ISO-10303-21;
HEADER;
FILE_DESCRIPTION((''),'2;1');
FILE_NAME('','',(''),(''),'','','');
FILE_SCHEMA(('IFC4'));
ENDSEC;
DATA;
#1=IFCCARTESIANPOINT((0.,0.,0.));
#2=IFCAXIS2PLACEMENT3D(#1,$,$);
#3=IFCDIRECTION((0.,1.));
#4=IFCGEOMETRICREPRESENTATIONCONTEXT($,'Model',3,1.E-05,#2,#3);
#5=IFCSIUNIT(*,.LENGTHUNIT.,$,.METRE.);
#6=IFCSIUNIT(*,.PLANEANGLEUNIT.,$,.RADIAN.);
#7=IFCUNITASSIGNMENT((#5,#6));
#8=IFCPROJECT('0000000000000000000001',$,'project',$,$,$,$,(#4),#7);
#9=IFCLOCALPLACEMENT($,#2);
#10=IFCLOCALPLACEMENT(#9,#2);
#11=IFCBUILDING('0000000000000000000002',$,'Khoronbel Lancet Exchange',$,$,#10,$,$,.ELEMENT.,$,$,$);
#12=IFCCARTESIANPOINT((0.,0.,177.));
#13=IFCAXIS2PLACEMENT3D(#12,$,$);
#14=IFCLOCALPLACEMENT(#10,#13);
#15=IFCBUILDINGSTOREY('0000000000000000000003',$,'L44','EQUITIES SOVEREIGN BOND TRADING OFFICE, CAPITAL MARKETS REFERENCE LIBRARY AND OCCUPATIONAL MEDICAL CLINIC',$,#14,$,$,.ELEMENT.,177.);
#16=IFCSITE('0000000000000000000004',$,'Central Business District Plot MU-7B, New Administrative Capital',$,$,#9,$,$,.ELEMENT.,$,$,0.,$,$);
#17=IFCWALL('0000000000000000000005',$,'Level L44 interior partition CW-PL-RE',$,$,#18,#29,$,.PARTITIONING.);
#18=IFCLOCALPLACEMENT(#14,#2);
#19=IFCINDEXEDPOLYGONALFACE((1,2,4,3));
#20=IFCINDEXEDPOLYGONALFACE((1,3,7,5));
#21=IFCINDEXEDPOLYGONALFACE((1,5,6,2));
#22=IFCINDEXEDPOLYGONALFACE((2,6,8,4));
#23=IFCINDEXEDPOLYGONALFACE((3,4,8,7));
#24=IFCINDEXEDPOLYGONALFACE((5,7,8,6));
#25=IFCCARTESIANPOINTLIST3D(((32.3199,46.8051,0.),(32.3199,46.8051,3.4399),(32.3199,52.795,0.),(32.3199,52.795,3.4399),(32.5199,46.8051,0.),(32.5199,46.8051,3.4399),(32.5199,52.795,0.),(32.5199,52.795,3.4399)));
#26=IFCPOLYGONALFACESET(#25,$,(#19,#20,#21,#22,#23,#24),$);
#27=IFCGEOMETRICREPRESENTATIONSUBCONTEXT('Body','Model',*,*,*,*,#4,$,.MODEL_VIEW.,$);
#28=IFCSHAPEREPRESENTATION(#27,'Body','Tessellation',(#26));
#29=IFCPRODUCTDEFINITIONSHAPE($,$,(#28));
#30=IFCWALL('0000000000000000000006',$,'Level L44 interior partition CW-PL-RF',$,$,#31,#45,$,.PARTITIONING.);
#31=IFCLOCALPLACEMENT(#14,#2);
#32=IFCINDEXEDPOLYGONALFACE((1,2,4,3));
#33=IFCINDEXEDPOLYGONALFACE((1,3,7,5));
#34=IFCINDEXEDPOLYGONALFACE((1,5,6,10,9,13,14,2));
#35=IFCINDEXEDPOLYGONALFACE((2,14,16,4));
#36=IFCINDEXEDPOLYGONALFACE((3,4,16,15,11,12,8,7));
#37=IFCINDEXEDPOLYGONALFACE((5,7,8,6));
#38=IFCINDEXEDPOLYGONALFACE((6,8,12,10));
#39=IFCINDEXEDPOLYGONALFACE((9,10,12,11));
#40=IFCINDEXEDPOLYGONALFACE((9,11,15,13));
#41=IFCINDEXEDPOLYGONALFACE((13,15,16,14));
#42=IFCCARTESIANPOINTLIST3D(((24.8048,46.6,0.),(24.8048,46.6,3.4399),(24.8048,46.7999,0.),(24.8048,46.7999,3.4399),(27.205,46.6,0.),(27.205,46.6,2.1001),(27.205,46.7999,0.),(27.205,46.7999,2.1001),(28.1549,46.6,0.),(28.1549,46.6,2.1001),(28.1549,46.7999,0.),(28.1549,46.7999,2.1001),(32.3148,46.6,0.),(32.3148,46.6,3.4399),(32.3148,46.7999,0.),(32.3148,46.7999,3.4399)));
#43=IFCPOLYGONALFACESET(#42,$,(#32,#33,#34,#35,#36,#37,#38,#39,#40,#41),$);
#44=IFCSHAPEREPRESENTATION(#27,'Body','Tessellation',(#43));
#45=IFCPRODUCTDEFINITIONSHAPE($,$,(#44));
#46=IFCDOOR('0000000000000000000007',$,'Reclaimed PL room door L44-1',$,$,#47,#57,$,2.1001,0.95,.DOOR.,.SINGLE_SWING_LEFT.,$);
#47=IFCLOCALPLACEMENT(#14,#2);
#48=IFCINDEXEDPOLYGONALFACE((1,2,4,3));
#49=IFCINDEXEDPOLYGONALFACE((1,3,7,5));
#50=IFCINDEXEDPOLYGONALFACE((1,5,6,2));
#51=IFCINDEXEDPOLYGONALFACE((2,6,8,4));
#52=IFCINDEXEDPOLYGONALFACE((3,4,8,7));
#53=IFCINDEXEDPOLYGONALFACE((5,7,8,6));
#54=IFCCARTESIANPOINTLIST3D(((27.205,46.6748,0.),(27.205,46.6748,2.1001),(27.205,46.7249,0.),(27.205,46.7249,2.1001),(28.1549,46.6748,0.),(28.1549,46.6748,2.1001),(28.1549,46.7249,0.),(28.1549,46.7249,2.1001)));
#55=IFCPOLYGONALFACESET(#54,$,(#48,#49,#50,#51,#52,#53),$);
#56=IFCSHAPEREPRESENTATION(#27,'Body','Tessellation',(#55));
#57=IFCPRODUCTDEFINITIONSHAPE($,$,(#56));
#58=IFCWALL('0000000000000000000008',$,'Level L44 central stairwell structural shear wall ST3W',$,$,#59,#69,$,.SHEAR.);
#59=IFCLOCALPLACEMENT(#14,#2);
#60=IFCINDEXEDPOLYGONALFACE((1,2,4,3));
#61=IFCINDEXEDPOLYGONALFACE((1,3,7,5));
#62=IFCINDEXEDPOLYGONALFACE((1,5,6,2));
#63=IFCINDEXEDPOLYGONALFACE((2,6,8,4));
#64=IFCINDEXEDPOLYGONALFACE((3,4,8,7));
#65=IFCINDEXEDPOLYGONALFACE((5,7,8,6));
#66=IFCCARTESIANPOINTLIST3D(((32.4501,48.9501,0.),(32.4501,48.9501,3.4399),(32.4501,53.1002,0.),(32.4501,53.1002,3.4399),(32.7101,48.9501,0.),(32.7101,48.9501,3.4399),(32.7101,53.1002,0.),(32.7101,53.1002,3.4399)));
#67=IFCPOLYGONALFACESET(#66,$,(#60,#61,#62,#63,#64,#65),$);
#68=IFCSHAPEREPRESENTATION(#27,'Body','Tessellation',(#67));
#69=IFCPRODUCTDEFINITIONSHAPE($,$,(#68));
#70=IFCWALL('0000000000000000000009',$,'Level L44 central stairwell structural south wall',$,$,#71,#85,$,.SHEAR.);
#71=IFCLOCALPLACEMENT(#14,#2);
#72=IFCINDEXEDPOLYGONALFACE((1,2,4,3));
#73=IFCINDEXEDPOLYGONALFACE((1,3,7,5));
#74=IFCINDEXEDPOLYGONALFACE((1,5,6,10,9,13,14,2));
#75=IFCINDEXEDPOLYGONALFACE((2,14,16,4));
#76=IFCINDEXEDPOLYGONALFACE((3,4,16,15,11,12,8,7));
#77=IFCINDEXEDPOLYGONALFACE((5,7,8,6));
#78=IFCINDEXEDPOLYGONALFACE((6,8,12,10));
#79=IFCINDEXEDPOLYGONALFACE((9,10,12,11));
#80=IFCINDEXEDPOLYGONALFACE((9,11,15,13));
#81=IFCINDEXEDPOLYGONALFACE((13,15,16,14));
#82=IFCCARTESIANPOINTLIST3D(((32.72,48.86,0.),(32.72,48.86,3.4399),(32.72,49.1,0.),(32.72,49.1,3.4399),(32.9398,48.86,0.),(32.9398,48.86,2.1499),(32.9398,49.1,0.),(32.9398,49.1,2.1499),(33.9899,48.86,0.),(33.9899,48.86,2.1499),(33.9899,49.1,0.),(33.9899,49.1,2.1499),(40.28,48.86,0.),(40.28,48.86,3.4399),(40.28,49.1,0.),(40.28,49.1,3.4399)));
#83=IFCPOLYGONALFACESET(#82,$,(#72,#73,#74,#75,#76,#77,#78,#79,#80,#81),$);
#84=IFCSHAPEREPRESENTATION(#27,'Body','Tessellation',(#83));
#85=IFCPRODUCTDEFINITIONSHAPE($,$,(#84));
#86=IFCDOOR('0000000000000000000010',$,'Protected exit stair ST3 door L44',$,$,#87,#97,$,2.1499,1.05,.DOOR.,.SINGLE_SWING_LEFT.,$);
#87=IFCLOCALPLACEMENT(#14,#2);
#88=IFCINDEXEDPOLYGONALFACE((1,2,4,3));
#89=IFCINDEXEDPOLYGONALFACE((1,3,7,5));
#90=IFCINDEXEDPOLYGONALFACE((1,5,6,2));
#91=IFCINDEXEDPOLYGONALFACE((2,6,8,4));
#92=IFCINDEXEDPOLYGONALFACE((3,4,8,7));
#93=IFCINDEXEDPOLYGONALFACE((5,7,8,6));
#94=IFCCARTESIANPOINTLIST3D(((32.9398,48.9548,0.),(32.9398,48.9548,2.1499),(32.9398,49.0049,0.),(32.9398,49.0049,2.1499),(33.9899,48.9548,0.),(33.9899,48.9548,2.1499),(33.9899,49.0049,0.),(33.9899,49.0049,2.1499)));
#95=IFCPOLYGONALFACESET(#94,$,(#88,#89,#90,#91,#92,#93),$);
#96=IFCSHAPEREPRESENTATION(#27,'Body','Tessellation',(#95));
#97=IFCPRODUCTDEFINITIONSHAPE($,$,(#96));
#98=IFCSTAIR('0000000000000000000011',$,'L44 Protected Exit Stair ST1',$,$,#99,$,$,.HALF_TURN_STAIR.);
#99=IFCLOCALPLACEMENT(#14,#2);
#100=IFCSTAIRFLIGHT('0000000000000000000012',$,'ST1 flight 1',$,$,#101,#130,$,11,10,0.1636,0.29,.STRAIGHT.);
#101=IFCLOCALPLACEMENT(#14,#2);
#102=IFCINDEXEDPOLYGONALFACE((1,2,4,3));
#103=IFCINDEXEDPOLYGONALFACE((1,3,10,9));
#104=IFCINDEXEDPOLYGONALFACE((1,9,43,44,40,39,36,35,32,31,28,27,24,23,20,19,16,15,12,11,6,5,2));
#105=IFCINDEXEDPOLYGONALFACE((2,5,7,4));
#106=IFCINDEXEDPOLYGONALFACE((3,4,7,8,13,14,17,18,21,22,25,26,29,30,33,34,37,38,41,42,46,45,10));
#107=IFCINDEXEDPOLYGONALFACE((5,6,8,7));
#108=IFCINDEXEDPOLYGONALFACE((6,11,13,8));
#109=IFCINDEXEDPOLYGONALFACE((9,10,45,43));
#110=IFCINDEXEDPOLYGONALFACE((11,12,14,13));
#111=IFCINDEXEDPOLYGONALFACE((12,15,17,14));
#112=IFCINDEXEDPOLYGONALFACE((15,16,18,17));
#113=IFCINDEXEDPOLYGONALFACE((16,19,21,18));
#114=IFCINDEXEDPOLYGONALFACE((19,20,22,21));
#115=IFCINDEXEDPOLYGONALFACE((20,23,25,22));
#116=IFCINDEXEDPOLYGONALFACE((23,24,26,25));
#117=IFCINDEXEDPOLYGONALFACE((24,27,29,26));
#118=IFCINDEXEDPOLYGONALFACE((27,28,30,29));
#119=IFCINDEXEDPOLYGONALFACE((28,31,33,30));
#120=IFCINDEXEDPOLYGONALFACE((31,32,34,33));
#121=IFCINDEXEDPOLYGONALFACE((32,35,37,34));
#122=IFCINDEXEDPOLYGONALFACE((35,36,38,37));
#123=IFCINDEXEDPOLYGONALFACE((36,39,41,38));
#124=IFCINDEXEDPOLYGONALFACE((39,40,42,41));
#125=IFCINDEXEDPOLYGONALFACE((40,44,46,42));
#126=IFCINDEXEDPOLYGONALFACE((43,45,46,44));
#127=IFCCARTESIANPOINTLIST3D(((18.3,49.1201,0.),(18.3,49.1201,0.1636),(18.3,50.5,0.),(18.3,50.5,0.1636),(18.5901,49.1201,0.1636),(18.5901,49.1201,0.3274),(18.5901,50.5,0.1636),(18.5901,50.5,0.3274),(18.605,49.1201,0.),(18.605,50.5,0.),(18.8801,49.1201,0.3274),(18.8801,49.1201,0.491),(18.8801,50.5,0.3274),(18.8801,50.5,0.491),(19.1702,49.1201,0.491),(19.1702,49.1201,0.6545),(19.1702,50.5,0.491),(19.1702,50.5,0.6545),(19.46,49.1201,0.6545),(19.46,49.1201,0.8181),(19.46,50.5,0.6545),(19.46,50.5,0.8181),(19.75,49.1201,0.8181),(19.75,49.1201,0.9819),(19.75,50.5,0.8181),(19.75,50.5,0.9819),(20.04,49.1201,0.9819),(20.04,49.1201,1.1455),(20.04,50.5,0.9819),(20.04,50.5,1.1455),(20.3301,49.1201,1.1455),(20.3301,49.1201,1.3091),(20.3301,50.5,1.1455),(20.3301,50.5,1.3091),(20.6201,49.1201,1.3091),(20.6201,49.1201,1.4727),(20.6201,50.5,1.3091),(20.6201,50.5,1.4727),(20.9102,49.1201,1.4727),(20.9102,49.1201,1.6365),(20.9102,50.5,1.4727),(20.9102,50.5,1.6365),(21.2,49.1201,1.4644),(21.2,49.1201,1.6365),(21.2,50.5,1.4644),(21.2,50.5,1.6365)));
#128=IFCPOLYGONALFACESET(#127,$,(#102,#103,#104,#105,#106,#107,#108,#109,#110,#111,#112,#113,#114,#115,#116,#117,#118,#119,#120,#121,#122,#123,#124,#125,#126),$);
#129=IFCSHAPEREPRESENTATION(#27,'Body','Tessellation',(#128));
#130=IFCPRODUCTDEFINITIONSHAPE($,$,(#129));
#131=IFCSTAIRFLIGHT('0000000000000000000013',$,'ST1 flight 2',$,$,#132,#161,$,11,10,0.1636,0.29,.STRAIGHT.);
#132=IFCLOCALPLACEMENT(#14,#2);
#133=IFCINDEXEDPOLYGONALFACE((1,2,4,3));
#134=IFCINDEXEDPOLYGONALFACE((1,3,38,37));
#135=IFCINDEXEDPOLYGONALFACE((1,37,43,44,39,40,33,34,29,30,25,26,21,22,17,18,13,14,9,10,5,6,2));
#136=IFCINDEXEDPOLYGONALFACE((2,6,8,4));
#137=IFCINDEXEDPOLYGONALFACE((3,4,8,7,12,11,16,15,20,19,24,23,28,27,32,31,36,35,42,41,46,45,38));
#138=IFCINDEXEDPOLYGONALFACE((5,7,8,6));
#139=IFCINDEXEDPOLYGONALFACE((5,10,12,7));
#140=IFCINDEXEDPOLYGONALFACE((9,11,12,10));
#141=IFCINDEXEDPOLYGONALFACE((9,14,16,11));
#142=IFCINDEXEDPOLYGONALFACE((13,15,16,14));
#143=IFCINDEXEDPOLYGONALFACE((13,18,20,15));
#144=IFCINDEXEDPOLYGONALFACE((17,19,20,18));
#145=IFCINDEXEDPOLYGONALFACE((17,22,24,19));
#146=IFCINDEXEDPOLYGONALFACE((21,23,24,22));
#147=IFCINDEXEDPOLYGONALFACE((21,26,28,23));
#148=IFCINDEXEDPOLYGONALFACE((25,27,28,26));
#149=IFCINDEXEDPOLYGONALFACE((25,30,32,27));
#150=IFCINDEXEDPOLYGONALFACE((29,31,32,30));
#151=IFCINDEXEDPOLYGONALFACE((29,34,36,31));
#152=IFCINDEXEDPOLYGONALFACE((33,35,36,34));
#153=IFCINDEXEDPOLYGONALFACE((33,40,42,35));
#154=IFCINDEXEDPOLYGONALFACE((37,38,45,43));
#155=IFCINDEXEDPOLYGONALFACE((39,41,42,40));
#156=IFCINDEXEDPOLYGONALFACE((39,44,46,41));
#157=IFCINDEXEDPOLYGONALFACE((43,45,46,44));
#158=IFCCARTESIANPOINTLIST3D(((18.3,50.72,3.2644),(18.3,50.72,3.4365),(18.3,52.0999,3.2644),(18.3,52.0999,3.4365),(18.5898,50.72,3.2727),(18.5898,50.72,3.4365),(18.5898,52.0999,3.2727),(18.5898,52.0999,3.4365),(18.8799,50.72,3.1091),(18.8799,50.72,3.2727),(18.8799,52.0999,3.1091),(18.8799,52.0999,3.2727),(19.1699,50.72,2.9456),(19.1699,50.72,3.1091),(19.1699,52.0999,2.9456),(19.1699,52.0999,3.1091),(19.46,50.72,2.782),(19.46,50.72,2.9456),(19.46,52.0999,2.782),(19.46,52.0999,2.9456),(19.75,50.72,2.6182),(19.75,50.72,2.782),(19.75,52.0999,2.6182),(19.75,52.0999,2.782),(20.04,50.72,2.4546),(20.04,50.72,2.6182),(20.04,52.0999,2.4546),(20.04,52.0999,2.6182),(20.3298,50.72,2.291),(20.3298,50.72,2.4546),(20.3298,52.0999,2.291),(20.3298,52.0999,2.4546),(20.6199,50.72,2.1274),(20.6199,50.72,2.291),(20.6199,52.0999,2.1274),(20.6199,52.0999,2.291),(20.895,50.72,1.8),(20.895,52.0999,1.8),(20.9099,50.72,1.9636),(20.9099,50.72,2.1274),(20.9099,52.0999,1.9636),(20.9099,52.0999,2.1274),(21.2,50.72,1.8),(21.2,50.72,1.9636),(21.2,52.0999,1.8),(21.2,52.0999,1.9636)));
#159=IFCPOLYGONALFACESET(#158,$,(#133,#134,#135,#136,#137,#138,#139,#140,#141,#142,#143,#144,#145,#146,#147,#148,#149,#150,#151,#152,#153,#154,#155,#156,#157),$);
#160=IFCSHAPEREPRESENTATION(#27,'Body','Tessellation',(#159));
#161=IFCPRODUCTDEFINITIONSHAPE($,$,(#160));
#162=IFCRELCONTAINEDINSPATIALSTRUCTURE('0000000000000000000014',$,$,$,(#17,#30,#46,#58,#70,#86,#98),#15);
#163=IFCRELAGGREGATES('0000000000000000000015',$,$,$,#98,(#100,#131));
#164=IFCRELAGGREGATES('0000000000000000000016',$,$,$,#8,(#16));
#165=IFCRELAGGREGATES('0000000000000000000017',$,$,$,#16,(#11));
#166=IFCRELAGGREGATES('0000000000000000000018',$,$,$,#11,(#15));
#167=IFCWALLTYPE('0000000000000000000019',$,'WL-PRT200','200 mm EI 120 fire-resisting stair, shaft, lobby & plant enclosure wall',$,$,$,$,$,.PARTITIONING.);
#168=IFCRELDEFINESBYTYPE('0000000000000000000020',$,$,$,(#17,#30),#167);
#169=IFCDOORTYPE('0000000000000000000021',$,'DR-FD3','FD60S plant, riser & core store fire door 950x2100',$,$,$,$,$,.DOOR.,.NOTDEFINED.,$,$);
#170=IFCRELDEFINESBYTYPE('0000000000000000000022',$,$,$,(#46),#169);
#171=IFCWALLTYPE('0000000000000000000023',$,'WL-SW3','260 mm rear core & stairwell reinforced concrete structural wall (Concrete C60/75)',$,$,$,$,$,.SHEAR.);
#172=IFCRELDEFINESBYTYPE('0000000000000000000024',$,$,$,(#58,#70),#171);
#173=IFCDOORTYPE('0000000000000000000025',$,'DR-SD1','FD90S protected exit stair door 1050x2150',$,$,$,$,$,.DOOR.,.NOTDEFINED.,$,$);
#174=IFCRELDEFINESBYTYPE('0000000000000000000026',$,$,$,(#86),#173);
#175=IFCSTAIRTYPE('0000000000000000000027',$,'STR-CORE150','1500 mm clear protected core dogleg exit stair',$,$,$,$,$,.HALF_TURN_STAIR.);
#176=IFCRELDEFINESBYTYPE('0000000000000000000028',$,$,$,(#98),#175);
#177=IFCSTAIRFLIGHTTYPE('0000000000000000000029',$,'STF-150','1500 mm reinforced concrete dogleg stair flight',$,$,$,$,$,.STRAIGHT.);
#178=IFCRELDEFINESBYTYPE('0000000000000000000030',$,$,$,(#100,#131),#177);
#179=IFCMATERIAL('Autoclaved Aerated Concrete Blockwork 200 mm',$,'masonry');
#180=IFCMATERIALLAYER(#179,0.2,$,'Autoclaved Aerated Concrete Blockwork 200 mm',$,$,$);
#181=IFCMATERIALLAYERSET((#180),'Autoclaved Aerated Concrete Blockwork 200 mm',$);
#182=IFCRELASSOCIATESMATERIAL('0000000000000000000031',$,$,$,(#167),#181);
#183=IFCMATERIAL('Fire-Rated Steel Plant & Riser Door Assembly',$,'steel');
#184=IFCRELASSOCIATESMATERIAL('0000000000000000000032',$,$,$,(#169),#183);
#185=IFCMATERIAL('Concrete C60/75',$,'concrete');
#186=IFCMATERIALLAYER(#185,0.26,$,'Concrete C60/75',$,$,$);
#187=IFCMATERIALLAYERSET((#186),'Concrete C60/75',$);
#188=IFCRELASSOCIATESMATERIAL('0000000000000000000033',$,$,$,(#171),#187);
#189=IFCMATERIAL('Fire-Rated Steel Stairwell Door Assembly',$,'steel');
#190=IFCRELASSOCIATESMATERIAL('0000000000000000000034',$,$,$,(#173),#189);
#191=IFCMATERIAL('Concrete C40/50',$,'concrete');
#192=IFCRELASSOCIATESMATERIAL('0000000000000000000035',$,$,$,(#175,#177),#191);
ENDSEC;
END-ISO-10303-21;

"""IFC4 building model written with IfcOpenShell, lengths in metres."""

from ifc_helpers import new_model, si_unit, direction, frame, frame_2d, origin, place, context, subcontext, project, spatial, polyline, rectangle, outline, extrude, material, layer, layer_set, type_object, element, fill, aggregate, save


model = new_model("IFC4")

# Units and contexts
model_context = context("Model", 3, precision=1e-05, world=origin(), true_north=direction((0.0, 1.0)))
body_context = subcontext(model_context, "Body", "Model", "MODEL_VIEW")
ifc_project = project(units=[si_unit("LENGTHUNIT", "METRE"), si_unit("PLANEANGLEUNIT", "RADIAN")], contexts=[model_context])

# Site, building, storey
site_placement = place(None, origin())
site = spatial("IfcSite", under=ifc_project, at=site_placement, Name="Central Business District Plot MU-7B, New Administrative Capital", CompositionType="ELEMENT", RefElevation=0.0)
building_placement = place(site_placement, origin())
building = spatial("IfcBuilding", under=site, at=building_placement, Name="Khoronbel Lancet Exchange", CompositionType="ELEMENT")
storey_placement = place(building_placement, frame((0.0, 0.0, 177.0)))
storey = spatial("IfcBuildingStorey", under=building, at=storey_placement, Name="L44", Description="EQUITIES SOVEREIGN BOND TRADING OFFICE, CAPITAL MARKETS REFERENCE LIBRARY AND OCCUPATIONAL MEDICAL CLINIC", CompositionType="ELEMENT", Elevation=177.0)

# Shared definitions
ifc_material_1 = material(Name="Autoclaved Aerated Concrete Blockwork 200 mm", Category="masonry")
ifc_layer_1 = layer(ifc_material_1, 0.2, Name="Autoclaved Aerated Concrete Blockwork 200 mm")
ifc_layer_set_1 = layer_set([ifc_layer_1], Name="Autoclaved Aerated Concrete Blockwork 200 mm")
wall_type_1 = type_object("IfcWallType", Name="WL-PRT200", Description="200 mm EI 120 fire-resisting stair, shaft, lobby & plant enclosure wall", PredefinedType="PARTITIONING", material=ifc_layer_set_1)

# Wall
for number, where, z_axis, x_axis, name in (
    (1, (32.4199, 46.8049, 0.0), (0.0, 0.0, 1.0), (0.0, 1.0, 0.0), "Level L44 interior partition CW-PL-RE"),
):
    element("IfcWall", number, at=place(storey_placement, frame(where, z_axis=z_axis, x_axis=x_axis)), inside=storey, type_object=wall_type_1, Name=name, PredefinedType="PARTITIONING", context=body_context, shape_type="SweptSolid", body=[
        extrude(rectangle(XDim=5.99, YDim=0.2, at=frame_2d((2.9951, 0.0))), origin(), (0.0, 0.0, 1.0), 3.4399),
    ])

# Wall, opening, door
wall_1_placement = place(storey_placement, frame((24.8049, 46.7, 0.0), z_axis=(0.0, 0.0, 1.0), x_axis=(1.0, 0.0, 0.0)))
wall_1 = element("IfcWall", 2, at=wall_1_placement, inside=storey, type_object=wall_type_1, Name="Level L44 interior partition CW-PL-RF", PredefinedType="PARTITIONING", context=body_context, shape_type="SweptSolid", body=[
    extrude(rectangle(XDim=7.51, YDim=0.2, at=frame_2d((3.7549, 0.0))), origin(), (0.0, 0.0, 1.0), 3.4399),
])
opening_1_placement = place(wall_1_placement, frame((2.3999, 0.0, 0.0)))
opening_1 = element("IfcOpeningElement", 3, at=opening_1_placement, cuts=wall_1, PredefinedType="OPENING", context=body_context, shape_type="SweptSolid", body=[
    extrude(rectangle(XDim=0.95, YDim=2.1001, at=frame_2d((0.4751, 1.05))), frame((0.0, 0.1099, 0.0), z_axis=(0.0, -1.0, 0.0), x_axis=(1.0, 0.0, 0.0)), (0.0, 0.0, 1.0), 0.22),
])
ifc_material_2 = material(Name="Fire-Rated Steel Plant & Riser Door Assembly", Category="steel")
door_type_1 = type_object("IfcDoorType", Name="DR-FD3", Description="FD60S plant, riser & core store fire door 950x2100", OperationType="NOTDEFINED", PredefinedType="DOOR", material=ifc_material_2)
door_1_placement = place(opening_1_placement, origin())
door_1 = element("IfcDoor", 4, at=door_1_placement, inside=storey, type_object=door_type_1, Name="Reclaimed PL room door L44-1", OperationType="SINGLE_SWING_LEFT", OverallHeight=2.1001, OverallWidth=0.95, PredefinedType="DOOR", context=body_context, shape_type="SweptSolid", body=[
    extrude(rectangle(XDim=0.95, YDim=2.1001, at=frame_2d((0.4751, 1.05))), frame((0.0, 0.0249, 0.0), z_axis=(0.0, -1.0, 0.0), x_axis=(1.0, 0.0, 0.0)), (0.0, 0.0, 1.0), 0.05),
])
fill(opening_1, door_1)

# Wall
ifc_material_3 = material(Name="Concrete C60/75", Category="concrete")
ifc_layer_2 = layer(ifc_material_3, 0.26, Name="Concrete C60/75")
ifc_layer_set_2 = layer_set([ifc_layer_2], Name="Concrete C60/75")
wall_type_2 = type_object("IfcWallType", Name="WL-SW3", Description="260 mm rear core & stairwell reinforced concrete structural wall (Concrete C60/75)", PredefinedType="SHEAR", material=ifc_layer_set_2)
wall_2_placement = place(storey_placement, frame((32.5801, 48.95, 0.0), z_axis=(0.0, 0.0, 1.0), x_axis=(0.0, 1.0, 0.0)))
element("IfcWall", 5, at=wall_2_placement, inside=storey, type_object=wall_type_2, Name="Level L44 central stairwell structural shear wall ST3W", PredefinedType="SHEAR", context=body_context, shape_type="SweptSolid", body=[
    extrude(rectangle(XDim=4.1501, YDim=0.26, at=frame_2d((2.0752, 0.0))), origin(), (0.0, 0.0, 1.0), 3.4399),
])

# Wall, opening, door
wall_3_placement = place(storey_placement, frame((32.72, 48.98, 0.0), z_axis=(0.0, 0.0, 1.0), x_axis=(1.0, 0.0, 0.0)))
wall_3 = element("IfcWall", 6, at=wall_3_placement, inside=storey, type_object=wall_type_2, Name="Level L44 central stairwell structural south wall", PredefinedType="SHEAR", context=body_context, shape_type="SweptSolid", body=[
    extrude(rectangle(XDim=7.5601, YDim=0.24, at=frame_2d((3.78, 0.0))), origin(), (0.0, 0.0, 1.0), 3.4399),
])
opening_2_placement = place(wall_3_placement, frame((0.22, 0.0, 0.0)))
opening_2 = element("IfcOpeningElement", 7, at=opening_2_placement, cuts=wall_3, PredefinedType="OPENING", context=body_context, shape_type="SweptSolid", body=[
    extrude(rectangle(XDim=1.05, YDim=2.1499, at=frame_2d((0.5249, 1.075))), frame((0.0, 0.1299, 0.0), z_axis=(0.0, -1.0, 0.0), x_axis=(1.0, 0.0, 0.0)), (0.0, 0.0, 1.0), 0.26),
])
ifc_material_4 = material(Name="Fire-Rated Steel Stairwell Door Assembly", Category="steel")
door_type_2 = type_object("IfcDoorType", Name="DR-SD1", Description="FD90S protected exit stair door 1050x2150", OperationType="NOTDEFINED", PredefinedType="DOOR", material=ifc_material_4)
door_2_placement = place(opening_2_placement, origin())
door_2 = element("IfcDoor", 8, at=door_2_placement, inside=storey, type_object=door_type_2, Name="Protected exit stair ST3 door L44", OperationType="SINGLE_SWING_LEFT", OverallHeight=2.1499, OverallWidth=1.05, PredefinedType="DOOR", context=body_context, shape_type="SweptSolid", body=[
    extrude(rectangle(XDim=1.05, YDim=2.1499, at=frame_2d((0.5249, 1.075))), frame((0.0, 0.0249, 0.0), z_axis=(0.0, -1.0, 0.0), x_axis=(1.0, 0.0, 0.0)), (0.0, 0.0, 1.0), 0.05),
])
fill(opening_2, door_2)

# Stair, stair flights
ifc_material_5 = material(Name="Concrete C40/50", Category="concrete")
stair_type = type_object("IfcStairType", Name="STR-CORE150", Description="1500 mm clear protected core dogleg exit stair", PredefinedType="HALF_TURN_STAIR", material=ifc_material_5)
stair_placement = place(storey_placement, origin())
stair = element("IfcStair", 9, at=stair_placement, inside=storey, type_object=stair_type, Name="L44 Protected Exit Stair ST1", PredefinedType="HALF_TURN_STAIR")
stair_flight_type = type_object("IfcStairFlightType", Name="STF-150", Description="1500 mm reinforced concrete dogleg stair flight", PredefinedType="STRAIGHT", material=ifc_material_5)
stair_flight_1_placement = place(storey_placement, frame((18.3, 49.8101, 0.0), z_axis=(0.0, 0.0, 1.0), x_axis=(1.0, 0.0, 0.0)))
stair_flight_1 = element("IfcStairFlight", 10, at=stair_flight_1_placement, type_object=stair_flight_type, Name="ST1 flight 1", NumberOfRisers=11, NumberOfTreads=10, PredefinedType="STRAIGHT", RiserHeight=0.1636, TreadLength=0.29, context=body_context, shape_type="SweptSolid", body=[
    extrude(outline(polyline([(0.0, 0.0), (0.0, 0.1636), (0.29, 0.1636), (0.29, 0.3274), (0.5801, 0.3274), (0.5801, 0.491), (0.8701, 0.491), (0.8701, 0.6545), (1.1599, 0.6545), (1.1599, 0.8181), (1.45, 0.8181), (1.45, 0.9819), (1.74, 0.9819), (1.74, 1.1455), (2.03, 1.1455), (2.03, 1.3091), (2.3201, 1.3091), (2.3201, 1.4727), (2.6101, 1.4727), (2.6101, 1.6365), (2.8999, 1.6365), (2.8999, 1.8), (2.8999, 1.4644), (0.3049, 0.0), (0.0, 0.0)])), frame((0.0, 0.6899, 0.0), z_axis=(0.0, -1.0, 0.0), x_axis=(1.0, 0.0, 0.0)), (0.0, 0.0, 1.0), 1.3799),
])
stair_flight_2_placement = place(storey_placement, frame((21.2, 51.4099, 1.8), z_axis=(0.0, 0.0, 1.0), x_axis=(-1.0, 0.0, 0.0)))
stair_flight_2 = element("IfcStairFlight", 11, at=stair_flight_2_placement, type_object=stair_flight_type, Name="ST1 flight 2", NumberOfRisers=11, NumberOfTreads=10, PredefinedType="STRAIGHT", RiserHeight=0.1636, TreadLength=0.29, context=body_context, shape_type="SweptSolid", body=[
    extrude(outline(polyline([(0.0, 0.0), (0.0, 0.1636), (0.29, 0.1636), (0.29, 0.3274), (0.5801, 0.3274), (0.5801, 0.491), (0.8701, 0.491), (0.8701, 0.6545), (1.1599, 0.6545), (1.1599, 0.8181), (1.45, 0.8181), (1.45, 0.9819), (1.74, 0.9819), (1.74, 1.1455), (2.03, 1.1455), (2.03, 1.3091), (2.3201, 1.3091), (2.3201, 1.4727), (2.6101, 1.4727), (2.6101, 1.6365), (2.8999, 1.6365), (2.8999, 1.8), (2.8999, 1.4644), (0.3049, 0.0), (0.0, 0.0)])), frame((0.0, 0.6899, 0.0), z_axis=(0.0, -1.0, 0.0), x_axis=(1.0, 0.0, 0.0)), (0.0, 0.0, 1.0), 1.3799),
])
aggregate(stair, [stair_flight_1, stair_flight_2])

save(model, "model.ifc")
